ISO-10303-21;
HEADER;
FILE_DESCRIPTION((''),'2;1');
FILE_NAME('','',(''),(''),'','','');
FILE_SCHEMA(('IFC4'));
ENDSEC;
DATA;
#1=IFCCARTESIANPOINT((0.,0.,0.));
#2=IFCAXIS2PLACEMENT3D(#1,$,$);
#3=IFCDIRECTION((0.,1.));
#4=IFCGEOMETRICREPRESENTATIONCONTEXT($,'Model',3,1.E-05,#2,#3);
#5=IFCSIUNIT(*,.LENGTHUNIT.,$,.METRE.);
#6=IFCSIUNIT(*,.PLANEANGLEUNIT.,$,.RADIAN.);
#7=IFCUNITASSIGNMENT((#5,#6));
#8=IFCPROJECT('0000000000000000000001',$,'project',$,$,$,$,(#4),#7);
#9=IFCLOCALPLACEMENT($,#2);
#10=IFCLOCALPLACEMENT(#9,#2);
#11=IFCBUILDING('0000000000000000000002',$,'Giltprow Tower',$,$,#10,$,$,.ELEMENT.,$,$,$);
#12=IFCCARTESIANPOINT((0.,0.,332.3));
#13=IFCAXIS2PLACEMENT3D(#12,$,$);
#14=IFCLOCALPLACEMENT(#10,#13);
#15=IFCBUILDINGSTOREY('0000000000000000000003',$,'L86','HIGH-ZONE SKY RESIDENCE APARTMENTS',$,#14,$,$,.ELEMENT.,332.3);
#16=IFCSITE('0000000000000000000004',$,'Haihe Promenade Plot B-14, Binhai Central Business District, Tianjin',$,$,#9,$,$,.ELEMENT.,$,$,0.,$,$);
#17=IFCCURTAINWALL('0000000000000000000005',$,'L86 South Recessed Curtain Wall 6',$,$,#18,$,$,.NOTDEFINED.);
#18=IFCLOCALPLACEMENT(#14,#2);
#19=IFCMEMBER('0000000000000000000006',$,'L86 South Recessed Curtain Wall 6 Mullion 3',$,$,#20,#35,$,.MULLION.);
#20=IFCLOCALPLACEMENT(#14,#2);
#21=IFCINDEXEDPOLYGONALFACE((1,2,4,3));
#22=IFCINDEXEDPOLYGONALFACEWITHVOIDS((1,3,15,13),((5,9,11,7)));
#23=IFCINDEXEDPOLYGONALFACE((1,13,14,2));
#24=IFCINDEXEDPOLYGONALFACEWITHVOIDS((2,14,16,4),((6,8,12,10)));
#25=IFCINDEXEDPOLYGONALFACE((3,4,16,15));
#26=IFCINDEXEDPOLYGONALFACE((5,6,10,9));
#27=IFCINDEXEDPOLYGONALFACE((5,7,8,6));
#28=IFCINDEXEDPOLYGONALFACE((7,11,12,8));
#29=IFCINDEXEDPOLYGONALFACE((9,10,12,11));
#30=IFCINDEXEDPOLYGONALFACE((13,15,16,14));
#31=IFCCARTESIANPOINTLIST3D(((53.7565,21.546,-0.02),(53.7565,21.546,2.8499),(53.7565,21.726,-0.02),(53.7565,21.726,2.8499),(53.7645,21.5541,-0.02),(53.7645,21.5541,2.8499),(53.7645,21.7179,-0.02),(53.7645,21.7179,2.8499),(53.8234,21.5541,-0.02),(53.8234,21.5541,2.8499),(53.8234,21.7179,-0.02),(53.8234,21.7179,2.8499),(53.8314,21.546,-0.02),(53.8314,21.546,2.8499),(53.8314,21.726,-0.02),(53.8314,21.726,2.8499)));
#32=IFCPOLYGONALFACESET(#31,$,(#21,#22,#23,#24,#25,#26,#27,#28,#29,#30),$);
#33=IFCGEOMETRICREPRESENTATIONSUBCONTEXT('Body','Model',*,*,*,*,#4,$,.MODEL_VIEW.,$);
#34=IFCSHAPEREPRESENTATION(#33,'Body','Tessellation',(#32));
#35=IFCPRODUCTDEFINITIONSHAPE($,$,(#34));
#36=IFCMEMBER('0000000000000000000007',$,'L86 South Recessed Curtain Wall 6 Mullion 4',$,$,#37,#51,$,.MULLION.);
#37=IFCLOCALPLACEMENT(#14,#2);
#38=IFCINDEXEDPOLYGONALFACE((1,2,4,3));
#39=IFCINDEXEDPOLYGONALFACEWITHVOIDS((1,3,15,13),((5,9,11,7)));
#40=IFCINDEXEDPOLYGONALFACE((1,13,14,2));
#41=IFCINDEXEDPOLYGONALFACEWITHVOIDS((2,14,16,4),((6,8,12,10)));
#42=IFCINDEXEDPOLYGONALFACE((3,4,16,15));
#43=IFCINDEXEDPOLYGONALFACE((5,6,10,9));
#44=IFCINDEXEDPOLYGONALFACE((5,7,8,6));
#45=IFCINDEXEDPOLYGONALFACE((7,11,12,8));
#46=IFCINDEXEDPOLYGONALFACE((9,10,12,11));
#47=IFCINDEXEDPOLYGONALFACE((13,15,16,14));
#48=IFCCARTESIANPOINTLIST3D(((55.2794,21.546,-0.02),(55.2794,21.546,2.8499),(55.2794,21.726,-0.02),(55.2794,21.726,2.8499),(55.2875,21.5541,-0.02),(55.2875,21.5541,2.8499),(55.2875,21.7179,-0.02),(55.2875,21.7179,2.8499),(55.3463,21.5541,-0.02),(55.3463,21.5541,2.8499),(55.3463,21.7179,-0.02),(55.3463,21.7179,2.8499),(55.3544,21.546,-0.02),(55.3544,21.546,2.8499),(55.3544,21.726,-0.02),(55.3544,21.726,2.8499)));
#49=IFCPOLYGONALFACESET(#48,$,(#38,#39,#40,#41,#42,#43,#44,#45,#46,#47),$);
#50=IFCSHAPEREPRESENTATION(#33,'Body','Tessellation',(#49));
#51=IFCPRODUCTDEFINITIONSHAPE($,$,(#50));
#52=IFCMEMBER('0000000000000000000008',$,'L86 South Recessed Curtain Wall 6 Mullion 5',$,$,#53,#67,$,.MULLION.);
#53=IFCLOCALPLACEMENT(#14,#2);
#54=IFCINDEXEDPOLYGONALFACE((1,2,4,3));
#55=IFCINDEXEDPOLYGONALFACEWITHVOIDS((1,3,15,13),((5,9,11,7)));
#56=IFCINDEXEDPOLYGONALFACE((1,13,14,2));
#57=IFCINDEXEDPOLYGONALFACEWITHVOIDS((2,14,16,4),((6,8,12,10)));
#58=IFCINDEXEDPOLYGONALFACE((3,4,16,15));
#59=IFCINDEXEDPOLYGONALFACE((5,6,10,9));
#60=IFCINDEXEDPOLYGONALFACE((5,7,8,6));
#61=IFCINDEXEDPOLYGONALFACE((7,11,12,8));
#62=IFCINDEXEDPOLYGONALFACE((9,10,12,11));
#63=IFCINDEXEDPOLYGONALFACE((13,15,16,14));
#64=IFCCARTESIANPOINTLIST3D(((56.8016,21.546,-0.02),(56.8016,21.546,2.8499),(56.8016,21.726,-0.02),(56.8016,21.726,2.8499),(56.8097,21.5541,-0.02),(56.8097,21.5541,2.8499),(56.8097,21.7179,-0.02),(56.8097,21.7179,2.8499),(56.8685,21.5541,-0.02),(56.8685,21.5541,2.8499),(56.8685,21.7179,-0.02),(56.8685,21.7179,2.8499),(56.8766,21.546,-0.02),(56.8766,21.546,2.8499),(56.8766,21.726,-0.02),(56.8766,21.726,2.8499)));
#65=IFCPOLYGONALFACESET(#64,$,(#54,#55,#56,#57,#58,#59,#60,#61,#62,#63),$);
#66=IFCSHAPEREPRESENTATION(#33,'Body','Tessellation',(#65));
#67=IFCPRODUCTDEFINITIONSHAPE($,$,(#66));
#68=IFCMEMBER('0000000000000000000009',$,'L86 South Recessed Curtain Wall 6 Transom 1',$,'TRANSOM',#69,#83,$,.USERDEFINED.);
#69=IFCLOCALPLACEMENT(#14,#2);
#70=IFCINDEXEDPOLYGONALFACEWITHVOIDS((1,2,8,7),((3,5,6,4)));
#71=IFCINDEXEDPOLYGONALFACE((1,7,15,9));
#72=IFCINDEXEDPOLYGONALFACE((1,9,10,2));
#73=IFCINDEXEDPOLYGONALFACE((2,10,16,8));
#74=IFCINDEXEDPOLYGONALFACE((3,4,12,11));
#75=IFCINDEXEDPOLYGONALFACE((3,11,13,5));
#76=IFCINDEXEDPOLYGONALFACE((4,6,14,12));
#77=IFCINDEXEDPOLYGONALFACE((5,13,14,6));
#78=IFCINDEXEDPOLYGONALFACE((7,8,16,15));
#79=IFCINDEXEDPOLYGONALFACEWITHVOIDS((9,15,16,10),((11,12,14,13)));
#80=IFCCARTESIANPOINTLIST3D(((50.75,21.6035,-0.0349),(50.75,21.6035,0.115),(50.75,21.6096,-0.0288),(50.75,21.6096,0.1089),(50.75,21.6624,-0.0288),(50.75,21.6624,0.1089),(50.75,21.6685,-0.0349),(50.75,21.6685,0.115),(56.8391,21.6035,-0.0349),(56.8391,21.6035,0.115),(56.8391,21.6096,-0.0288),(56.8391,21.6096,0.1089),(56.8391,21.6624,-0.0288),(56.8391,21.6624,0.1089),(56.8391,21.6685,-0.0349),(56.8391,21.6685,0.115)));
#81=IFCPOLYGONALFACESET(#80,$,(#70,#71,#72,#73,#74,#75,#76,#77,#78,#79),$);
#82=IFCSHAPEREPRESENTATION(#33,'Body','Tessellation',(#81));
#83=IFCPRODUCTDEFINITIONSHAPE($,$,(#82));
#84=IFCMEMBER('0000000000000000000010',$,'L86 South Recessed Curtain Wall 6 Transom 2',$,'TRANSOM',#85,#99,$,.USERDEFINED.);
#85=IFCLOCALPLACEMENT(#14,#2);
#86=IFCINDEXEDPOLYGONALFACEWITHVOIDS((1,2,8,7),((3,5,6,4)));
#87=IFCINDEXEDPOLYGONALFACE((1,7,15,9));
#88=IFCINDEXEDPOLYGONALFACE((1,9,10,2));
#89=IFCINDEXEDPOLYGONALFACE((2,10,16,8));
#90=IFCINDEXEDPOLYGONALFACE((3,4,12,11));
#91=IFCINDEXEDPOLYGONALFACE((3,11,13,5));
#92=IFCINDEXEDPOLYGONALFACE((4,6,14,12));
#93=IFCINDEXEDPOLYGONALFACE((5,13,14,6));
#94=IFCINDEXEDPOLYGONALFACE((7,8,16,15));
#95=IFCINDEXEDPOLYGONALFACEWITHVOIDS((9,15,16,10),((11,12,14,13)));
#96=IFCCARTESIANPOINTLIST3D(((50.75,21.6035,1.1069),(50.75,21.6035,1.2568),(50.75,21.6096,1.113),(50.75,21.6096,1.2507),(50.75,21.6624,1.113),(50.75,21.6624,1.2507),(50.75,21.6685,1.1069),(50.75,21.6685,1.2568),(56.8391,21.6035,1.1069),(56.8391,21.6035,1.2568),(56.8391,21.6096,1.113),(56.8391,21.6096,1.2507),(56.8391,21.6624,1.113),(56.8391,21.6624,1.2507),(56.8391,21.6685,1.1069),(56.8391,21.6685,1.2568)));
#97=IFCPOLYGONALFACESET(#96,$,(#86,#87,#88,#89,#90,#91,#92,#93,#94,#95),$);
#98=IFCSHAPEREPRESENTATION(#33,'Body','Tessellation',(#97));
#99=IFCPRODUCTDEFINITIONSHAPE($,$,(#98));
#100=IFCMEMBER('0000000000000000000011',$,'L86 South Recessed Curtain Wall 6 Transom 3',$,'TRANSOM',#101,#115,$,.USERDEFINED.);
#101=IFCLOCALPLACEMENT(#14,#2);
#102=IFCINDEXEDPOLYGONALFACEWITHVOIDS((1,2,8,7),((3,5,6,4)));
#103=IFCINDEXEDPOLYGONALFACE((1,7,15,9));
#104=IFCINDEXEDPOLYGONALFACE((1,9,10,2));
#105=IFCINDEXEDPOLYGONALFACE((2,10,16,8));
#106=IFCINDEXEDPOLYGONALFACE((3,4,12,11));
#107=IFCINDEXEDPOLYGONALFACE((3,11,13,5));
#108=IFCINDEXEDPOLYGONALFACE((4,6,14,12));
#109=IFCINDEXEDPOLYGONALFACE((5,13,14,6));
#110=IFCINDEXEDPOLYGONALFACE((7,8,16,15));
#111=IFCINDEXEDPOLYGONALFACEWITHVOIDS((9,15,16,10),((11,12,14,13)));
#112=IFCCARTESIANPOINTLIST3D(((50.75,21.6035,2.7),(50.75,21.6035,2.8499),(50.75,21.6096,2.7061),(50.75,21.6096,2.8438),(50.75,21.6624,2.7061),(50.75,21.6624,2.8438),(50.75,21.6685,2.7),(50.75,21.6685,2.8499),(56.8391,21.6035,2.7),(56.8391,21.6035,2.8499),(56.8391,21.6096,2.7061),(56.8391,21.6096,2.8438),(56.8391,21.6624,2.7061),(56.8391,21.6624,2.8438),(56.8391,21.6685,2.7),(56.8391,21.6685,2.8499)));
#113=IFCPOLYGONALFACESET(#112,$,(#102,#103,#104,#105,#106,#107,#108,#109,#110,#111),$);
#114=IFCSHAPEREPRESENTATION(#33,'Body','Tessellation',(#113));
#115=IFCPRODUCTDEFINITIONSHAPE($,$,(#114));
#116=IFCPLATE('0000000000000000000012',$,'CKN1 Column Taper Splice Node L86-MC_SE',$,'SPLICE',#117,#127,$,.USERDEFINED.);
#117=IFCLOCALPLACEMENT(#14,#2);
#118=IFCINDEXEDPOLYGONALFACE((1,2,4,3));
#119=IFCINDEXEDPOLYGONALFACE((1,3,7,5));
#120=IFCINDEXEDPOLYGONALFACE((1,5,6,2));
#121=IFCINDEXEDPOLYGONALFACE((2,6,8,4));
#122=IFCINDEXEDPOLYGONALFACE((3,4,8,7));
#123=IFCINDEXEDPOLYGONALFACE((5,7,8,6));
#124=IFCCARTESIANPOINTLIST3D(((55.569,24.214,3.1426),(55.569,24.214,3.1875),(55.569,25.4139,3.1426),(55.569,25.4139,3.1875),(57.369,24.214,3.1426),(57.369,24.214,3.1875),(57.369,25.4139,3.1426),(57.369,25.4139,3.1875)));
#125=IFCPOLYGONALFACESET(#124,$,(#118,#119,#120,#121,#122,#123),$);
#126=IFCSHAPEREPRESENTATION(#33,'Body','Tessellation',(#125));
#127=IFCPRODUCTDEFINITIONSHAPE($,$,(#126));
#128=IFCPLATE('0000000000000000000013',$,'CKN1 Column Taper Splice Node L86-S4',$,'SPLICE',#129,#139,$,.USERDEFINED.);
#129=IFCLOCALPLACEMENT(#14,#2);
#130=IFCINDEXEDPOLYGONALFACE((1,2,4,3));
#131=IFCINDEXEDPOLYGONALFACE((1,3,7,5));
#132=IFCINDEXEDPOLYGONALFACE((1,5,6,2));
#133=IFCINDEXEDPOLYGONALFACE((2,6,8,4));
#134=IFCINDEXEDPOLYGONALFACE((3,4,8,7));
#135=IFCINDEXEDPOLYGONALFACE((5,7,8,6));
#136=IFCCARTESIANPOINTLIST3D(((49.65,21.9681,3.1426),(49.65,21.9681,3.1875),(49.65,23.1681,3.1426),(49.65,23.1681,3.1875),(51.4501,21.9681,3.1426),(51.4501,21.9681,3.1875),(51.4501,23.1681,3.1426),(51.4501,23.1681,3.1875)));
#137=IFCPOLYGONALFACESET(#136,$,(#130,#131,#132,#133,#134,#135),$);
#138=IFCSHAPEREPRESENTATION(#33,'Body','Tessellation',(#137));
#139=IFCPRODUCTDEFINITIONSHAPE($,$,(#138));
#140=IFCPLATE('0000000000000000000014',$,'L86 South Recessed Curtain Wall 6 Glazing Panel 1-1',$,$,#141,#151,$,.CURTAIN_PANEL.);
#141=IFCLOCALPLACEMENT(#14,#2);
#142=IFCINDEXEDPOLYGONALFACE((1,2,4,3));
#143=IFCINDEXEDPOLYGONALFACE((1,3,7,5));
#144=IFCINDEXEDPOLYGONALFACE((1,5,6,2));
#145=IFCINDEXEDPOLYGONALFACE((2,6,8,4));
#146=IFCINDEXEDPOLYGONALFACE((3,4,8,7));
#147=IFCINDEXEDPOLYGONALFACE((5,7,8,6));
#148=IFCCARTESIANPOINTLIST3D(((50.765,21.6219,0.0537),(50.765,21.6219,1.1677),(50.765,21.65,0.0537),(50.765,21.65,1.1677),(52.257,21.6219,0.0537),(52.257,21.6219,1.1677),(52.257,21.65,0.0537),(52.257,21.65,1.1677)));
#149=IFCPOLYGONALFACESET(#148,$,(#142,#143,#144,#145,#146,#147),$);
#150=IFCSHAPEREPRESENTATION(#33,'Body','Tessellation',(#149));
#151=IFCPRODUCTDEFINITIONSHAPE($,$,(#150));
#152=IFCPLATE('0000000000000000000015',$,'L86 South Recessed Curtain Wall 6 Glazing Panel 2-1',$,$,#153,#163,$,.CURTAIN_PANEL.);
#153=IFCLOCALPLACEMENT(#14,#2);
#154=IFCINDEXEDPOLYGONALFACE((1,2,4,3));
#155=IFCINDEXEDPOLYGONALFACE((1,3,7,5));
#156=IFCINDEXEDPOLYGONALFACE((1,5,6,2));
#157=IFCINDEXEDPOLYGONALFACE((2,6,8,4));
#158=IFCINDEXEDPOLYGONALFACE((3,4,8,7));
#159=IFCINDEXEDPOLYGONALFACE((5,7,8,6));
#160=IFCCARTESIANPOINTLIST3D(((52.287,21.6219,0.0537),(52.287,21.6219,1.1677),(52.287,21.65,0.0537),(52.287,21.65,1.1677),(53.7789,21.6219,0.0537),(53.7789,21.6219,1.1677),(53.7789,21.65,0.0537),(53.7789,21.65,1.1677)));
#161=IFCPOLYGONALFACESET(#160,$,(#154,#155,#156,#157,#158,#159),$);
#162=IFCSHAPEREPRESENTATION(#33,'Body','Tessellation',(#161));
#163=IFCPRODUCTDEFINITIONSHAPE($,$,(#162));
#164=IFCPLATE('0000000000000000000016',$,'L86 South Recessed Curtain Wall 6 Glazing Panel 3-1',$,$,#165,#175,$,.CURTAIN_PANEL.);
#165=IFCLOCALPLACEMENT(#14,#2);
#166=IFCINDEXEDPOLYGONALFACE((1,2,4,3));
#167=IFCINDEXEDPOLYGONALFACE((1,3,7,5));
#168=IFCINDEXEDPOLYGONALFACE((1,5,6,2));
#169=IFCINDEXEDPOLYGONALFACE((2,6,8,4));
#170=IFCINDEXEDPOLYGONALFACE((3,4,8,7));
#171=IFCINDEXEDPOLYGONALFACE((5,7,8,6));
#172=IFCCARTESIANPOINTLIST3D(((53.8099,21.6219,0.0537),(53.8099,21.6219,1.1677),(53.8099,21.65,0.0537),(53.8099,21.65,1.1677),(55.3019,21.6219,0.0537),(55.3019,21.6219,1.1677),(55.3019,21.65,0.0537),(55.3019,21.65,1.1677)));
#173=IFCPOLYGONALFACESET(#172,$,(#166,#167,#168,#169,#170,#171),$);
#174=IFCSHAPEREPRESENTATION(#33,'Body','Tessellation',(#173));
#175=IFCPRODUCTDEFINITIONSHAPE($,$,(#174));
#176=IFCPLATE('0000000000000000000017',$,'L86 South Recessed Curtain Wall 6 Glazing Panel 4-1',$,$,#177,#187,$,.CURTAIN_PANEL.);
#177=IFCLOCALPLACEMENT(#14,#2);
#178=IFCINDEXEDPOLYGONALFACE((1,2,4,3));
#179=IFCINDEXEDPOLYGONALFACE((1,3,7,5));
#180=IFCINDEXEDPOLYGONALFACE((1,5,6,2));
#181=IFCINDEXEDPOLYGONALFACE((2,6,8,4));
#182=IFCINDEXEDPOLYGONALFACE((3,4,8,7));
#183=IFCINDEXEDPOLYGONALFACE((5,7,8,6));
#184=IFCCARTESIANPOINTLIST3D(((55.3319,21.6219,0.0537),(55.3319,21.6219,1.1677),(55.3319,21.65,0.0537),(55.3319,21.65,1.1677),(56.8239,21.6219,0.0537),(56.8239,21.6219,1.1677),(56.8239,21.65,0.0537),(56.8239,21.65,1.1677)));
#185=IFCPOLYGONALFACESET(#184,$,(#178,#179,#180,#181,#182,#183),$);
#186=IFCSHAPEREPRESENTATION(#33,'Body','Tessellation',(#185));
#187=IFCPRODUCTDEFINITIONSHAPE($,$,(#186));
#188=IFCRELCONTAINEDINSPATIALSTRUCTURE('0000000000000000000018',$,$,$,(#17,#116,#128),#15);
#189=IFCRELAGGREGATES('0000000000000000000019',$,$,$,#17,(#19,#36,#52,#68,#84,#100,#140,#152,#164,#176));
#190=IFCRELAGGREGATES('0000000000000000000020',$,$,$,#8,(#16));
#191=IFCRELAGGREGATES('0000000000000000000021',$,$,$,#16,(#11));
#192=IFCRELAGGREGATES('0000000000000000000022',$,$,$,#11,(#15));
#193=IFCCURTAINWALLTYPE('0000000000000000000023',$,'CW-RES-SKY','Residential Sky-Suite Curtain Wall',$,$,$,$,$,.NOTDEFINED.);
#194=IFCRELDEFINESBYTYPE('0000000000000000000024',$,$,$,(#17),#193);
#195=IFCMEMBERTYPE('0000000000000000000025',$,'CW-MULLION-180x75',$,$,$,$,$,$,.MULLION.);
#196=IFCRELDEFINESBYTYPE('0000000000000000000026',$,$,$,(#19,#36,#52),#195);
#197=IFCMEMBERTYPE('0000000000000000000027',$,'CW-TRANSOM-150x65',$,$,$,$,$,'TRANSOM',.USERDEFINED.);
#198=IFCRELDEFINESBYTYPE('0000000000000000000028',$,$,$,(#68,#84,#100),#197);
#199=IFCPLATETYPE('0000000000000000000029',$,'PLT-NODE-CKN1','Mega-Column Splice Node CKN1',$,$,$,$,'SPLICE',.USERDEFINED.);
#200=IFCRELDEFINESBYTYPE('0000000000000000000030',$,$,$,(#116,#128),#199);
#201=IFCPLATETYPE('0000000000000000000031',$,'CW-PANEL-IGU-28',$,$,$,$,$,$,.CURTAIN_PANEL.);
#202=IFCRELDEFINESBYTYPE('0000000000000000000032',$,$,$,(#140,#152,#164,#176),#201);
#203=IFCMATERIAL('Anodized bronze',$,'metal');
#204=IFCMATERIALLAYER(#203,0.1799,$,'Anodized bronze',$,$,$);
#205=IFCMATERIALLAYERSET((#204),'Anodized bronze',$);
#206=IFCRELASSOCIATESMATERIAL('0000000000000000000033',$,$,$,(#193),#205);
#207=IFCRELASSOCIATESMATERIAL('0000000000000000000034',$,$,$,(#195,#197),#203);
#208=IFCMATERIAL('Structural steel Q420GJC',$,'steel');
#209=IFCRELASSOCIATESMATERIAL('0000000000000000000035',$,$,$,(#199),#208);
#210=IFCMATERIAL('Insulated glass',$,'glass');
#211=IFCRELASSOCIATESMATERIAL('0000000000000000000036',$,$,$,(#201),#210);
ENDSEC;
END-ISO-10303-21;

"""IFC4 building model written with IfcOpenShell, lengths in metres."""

from ifc_helpers import new_model, si_unit, direction, frame, origin, origin_2d, place, context, subcontext, project, spatial, rectangle, hollow_rectangle, extrude, source, transform, mapped, material, layer, layer_set, material_profile, profile_set, type_object, element, aggregate, save


model = new_model("IFC4")

# Units and contexts
model_context = context("Model", 3, precision=1e-05, world=origin(), true_north=direction((0.0, 1.0)))
body_context = subcontext(model_context, "Body", "Model", "MODEL_VIEW")
ifc_project = project(units=[si_unit("LENGTHUNIT", "METRE"), si_unit("PLANEANGLEUNIT", "RADIAN")], contexts=[model_context])

# Site, building, storey
site_placement = place(None, origin())
site = spatial("IfcSite", under=ifc_project, at=site_placement, Name="Haihe Promenade Plot B-14, Binhai Central Business District, Tianjin", CompositionType="ELEMENT", RefElevation=0.0)
building_placement = place(site_placement, origin())
building = spatial("IfcBuilding", under=site, at=building_placement, Name="Giltprow Tower", CompositionType="ELEMENT")
storey_placement = place(building_placement, frame((0.0, 0.0, 332.3)))
storey = spatial("IfcBuildingStorey", under=building, at=storey_placement, Name="L86", Description="HIGH-ZONE SKY RESIDENCE APARTMENTS", CompositionType="ELEMENT", Elevation=332.3)

# Shared definitions
ifc_material_1 = material(Name="Structural steel Q420GJC", Category="steel")

# Curtain wall, members
ifc_material_2 = material(Name="Anodized bronze", Category="metal")
ifc_layer_1 = layer(ifc_material_2, 0.1799, Name="Anodized bronze")
ifc_layer_set_1 = layer_set([ifc_layer_1], Name="Anodized bronze")
curtain_wall_type = type_object("IfcCurtainWallType", Name="CW-RES-SKY", Description="Residential Sky-Suite Curtain Wall", PredefinedType="NOTDEFINED", material=ifc_layer_set_1)
curtain_wall_placement = place(storey_placement, origin())
curtain_wall = element("IfcCurtainWall", 1, at=curtain_wall_placement, inside=storey, type_object=curtain_wall_type, Name="L86 South Recessed Curtain Wall 6", PredefinedType="NOTDEFINED")
ifc_material_profile_1 = material_profile(ifc_material_2, hollow_rectangle(XDim=0.075, YDim=0.1799, WallThickness=0.0081, at=origin_2d()), Name="RHS 180x75x8")
ifc_profile_set_1 = profile_set([ifc_material_profile_1], Name="Anodized bronze")
member_type_1 = type_object("IfcMemberType", Name="CW-MULLION-180x75", PredefinedType="MULLION", material=ifc_profile_set_1)
shared_shape_1 = source(origin(), body_context, "Body", "SweptSolid", [
    extrude(hollow_rectangle(XDim=0.075, YDim=0.1799, WallThickness=0.0081, at=origin_2d()), origin(), (0.0, 0.0, 1.0), 2.8699),
])
member_1_placement = place(storey_placement, frame((53.7939, 21.636, -0.02), z_axis=(0.0, 0.0, 1.0), x_axis=(1.0, 0.0, 0.0)))
member_1 = element("IfcMember", 2, at=member_1_placement, type_object=member_type_1, Name="L86 South Recessed Curtain Wall 6 Mullion 3", PredefinedType="MULLION", context=body_context, shape_type="MappedRepresentation", body=[
    mapped(shared_shape_1, transform((0.0, 0.0, 0.0), x_axis=(1.0, 0.0, 0.0), y_axis=(0.0, 1.0, 0.0), z_axis=(0.0, 0.0, 1.0), scale=1.0)),
])
member_2_placement = place(storey_placement, frame((55.3169, 21.636, -0.02), z_axis=(0.0, 0.0, 1.0), x_axis=(1.0, 0.0, 0.0)))
member_2 = element("IfcMember", 3, at=member_2_placement, type_object=member_type_1, Name="L86 South Recessed Curtain Wall 6 Mullion 4", PredefinedType="MULLION", context=body_context, shape_type="MappedRepresentation", body=[
    mapped(shared_shape_1, transform((0.0, 0.0, 0.0), x_axis=(1.0, 0.0, 0.0), y_axis=(0.0, 1.0, 0.0), z_axis=(0.0, 0.0, 1.0), scale=1.0)),
])
member_3_placement = place(storey_placement, frame((56.8391, 21.636, -0.02), z_axis=(0.0, 0.0, 1.0), x_axis=(1.0, 0.0, 0.0)))
member_3 = element("IfcMember", 4, at=member_3_placement, type_object=member_type_1, Name="L86 South Recessed Curtain Wall 6 Mullion 5", PredefinedType="MULLION", context=body_context, shape_type="MappedRepresentation", body=[
    mapped(shared_shape_1, transform((0.0, 0.0, 0.0), x_axis=(1.0, 0.0, 0.0), y_axis=(0.0, 1.0, 0.0), z_axis=(0.0, 0.0, 1.0), scale=1.0)),
])
ifc_material_profile_2 = material_profile(ifc_material_2, hollow_rectangle(XDim=0.0649, YDim=0.1499, WallThickness=0.0061, at=origin_2d()), Name="RHS 150x65x6")
ifc_profile_set_2 = profile_set([ifc_material_profile_2], Name="Anodized bronze")
member_type_2 = type_object("IfcMemberType", Name="CW-TRANSOM-150x65", ElementType="TRANSOM", PredefinedType="USERDEFINED", material=ifc_profile_set_2)
shared_shape_2 = source(origin(), body_context, "Body", "SweptSolid", [
    extrude(hollow_rectangle(XDim=0.0649, YDim=0.1499, WallThickness=0.0061, at=origin_2d()), origin(), (0.0, 0.0, 1.0), 6.0891),
])
member_4_placement = place(storey_placement, frame((50.75, 21.636, 0.04), z_axis=(1.0, 0.0, 0.0), x_axis=(0.0, 1.0, 0.0)))
member_4 = element("IfcMember", 5, at=member_4_placement, type_object=member_type_2, Name="L86 South Recessed Curtain Wall 6 Transom 1", ObjectType="TRANSOM", PredefinedType="USERDEFINED", context=body_context, shape_type="MappedRepresentation", body=[
    mapped(shared_shape_2, transform((0.0, 0.0, 0.0), x_axis=(1.0, 0.0, 0.0), y_axis=(0.0, 1.0, 0.0), z_axis=(0.0, 0.0, 1.0), scale=1.0)),
])
member_5_placement = place(storey_placement, frame((50.75, 21.636, 1.1819), z_axis=(1.0, 0.0, 0.0), x_axis=(0.0, 1.0, 0.0)))
member_5 = element("IfcMember", 6, at=member_5_placement, type_object=member_type_2, Name="L86 South Recessed Curtain Wall 6 Transom 2", ObjectType="TRANSOM", PredefinedType="USERDEFINED", context=body_context, shape_type="MappedRepresentation", body=[
    mapped(shared_shape_2, transform((0.0, 0.0, 0.0), x_axis=(1.0, 0.0, 0.0), y_axis=(0.0, 1.0, 0.0), z_axis=(0.0, 0.0, 1.0), scale=1.0)),
])
member_6_placement = place(storey_placement, frame((50.75, 21.636, 2.7749), z_axis=(1.0, 0.0, 0.0), x_axis=(0.0, 1.0, 0.0)))
member_6 = element("IfcMember", 7, at=member_6_placement, type_object=member_type_2, Name="L86 South Recessed Curtain Wall 6 Transom 3", ObjectType="TRANSOM", PredefinedType="USERDEFINED", context=body_context, shape_type="MappedRepresentation", body=[
    mapped(shared_shape_2, transform((0.0, 0.0, 0.0), x_axis=(1.0, 0.0, 0.0), y_axis=(0.0, 1.0, 0.0), z_axis=(0.0, 0.0, 1.0), scale=1.0)),
])

# Plates
plate_type_1 = type_object("IfcPlateType", Name="PLT-NODE-CKN1", Description="Mega-Column Splice Node CKN1", ElementType="SPLICE", PredefinedType="USERDEFINED", material=ifc_material_1)
shared_shape_3 = source(origin(), body_context, "Body", "SweptSolid", [
    extrude(rectangle(XDim=1.8, YDim=1.2, at=origin_2d()), origin(), (0.0, 0.0, 1.0), 0.0449),
])
for number, where, z_axis, x_axis, name in (
    (8, (56.469, 24.814, 3.1426), (0.0, 0.0, 1.0), (1.0, 0.0, 0.0), "CKN1 Column Taper Splice Node L86-MC_SE"),
    (9, (50.55, 22.5681, 3.1426), (0.0, 0.0, 1.0), (1.0, 0.0, 0.0), "CKN1 Column Taper Splice Node L86-S4"),
):
    element("IfcPlate", number, at=place(storey_placement, frame(where, z_axis=z_axis, x_axis=x_axis)), inside=storey, type_object=plate_type_1, Name=name, ObjectType="SPLICE", PredefinedType="USERDEFINED", context=body_context, shape_type="MappedRepresentation", body=[
        mapped(shared_shape_3, transform((0.0, 0.0, 0.0), x_axis=(1.0, 0.0, 0.0), y_axis=(0.0, 1.0, 0.0), z_axis=(0.0, 0.0, 1.0), scale=1.0)),
    ])

# Plates
ifc_material_3 = material(Name="Insulated glass", Category="glass")
plate_type_2 = type_object("IfcPlateType", Name="CW-PANEL-IGU-28", PredefinedType="CURTAIN_PANEL", material=ifc_material_3)
shared_shape_4 = source(origin(), body_context, "Body", "SweptSolid", [
    extrude(rectangle(XDim=1.4919, YDim=0.0281, at=origin_2d()), origin(), (0.0, 0.0, 1.0), 1.114),
])
plate_1_placement = place(storey_placement, frame((51.511, 21.636, 0.0537), z_axis=(0.0, 0.0, 1.0), x_axis=(1.0, 0.0, 0.0)))
plate_1 = element("IfcPlate", 10, at=plate_1_placement, type_object=plate_type_2, Name="L86 South Recessed Curtain Wall 6 Glazing Panel 1-1", PredefinedType="CURTAIN_PANEL", context=body_context, shape_type="MappedRepresentation", body=[
    mapped(shared_shape_4, transform((0.0, 0.0, 0.0), x_axis=(1.0, 0.0, 0.0), y_axis=(0.0, 1.0, 0.0), z_axis=(0.0, 0.0, 1.0), scale=1.0)),
])
plate_2_placement = place(storey_placement, frame((53.033, 21.636, 0.0537), z_axis=(0.0, 0.0, 1.0), x_axis=(1.0, 0.0, 0.0)))
plate_2 = element("IfcPlate", 11, at=plate_2_placement, type_object=plate_type_2, Name="L86 South Recessed Curtain Wall 6 Glazing Panel 2-1", PredefinedType="CURTAIN_PANEL", context=body_context, shape_type="MappedRepresentation", body=[
    mapped(shared_shape_4, transform((0.0, 0.0, 0.0), x_axis=(1.0, 0.0, 0.0), y_axis=(0.0, 1.0, 0.0), z_axis=(0.0, 0.0, 1.0), scale=1.0)),
])
plate_3_placement = place(storey_placement, frame((54.5559, 21.636, 0.0537), z_axis=(0.0, 0.0, 1.0), x_axis=(1.0, 0.0, 0.0)))
plate_3 = element("IfcPlate", 12, at=plate_3_placement, type_object=plate_type_2, Name="L86 South Recessed Curtain Wall 6 Glazing Panel 3-1", PredefinedType="CURTAIN_PANEL", context=body_context, shape_type="MappedRepresentation", body=[
    mapped(shared_shape_4, transform((0.0, 0.0, 0.0), x_axis=(1.0, 0.0, 0.0), y_axis=(0.0, 1.0, 0.0), z_axis=(0.0, 0.0, 1.0), scale=1.0)),
])
plate_4_placement = place(storey_placement, frame((56.0779, 21.636, 0.0537), z_axis=(0.0, 0.0, 1.0), x_axis=(1.0, 0.0, 0.0)))
plate_4 = element("IfcPlate", 13, at=plate_4_placement, type_object=plate_type_2, Name="L86 South Recessed Curtain Wall 6 Glazing Panel 4-1", PredefinedType="CURTAIN_PANEL", context=body_context, shape_type="MappedRepresentation", body=[
    mapped(shared_shape_4, transform((0.0, 0.0, 0.0), x_axis=(1.0, 0.0, 0.0), y_axis=(0.0, 1.0, 0.0), z_axis=(0.0, 0.0, 1.0), scale=1.0)),
])
aggregate(curtain_wall, [member_1, member_2, member_3, member_4, member_5, member_6, plate_1, plate_2, plate_3, plate_4])

save(model, "model.ifc")
